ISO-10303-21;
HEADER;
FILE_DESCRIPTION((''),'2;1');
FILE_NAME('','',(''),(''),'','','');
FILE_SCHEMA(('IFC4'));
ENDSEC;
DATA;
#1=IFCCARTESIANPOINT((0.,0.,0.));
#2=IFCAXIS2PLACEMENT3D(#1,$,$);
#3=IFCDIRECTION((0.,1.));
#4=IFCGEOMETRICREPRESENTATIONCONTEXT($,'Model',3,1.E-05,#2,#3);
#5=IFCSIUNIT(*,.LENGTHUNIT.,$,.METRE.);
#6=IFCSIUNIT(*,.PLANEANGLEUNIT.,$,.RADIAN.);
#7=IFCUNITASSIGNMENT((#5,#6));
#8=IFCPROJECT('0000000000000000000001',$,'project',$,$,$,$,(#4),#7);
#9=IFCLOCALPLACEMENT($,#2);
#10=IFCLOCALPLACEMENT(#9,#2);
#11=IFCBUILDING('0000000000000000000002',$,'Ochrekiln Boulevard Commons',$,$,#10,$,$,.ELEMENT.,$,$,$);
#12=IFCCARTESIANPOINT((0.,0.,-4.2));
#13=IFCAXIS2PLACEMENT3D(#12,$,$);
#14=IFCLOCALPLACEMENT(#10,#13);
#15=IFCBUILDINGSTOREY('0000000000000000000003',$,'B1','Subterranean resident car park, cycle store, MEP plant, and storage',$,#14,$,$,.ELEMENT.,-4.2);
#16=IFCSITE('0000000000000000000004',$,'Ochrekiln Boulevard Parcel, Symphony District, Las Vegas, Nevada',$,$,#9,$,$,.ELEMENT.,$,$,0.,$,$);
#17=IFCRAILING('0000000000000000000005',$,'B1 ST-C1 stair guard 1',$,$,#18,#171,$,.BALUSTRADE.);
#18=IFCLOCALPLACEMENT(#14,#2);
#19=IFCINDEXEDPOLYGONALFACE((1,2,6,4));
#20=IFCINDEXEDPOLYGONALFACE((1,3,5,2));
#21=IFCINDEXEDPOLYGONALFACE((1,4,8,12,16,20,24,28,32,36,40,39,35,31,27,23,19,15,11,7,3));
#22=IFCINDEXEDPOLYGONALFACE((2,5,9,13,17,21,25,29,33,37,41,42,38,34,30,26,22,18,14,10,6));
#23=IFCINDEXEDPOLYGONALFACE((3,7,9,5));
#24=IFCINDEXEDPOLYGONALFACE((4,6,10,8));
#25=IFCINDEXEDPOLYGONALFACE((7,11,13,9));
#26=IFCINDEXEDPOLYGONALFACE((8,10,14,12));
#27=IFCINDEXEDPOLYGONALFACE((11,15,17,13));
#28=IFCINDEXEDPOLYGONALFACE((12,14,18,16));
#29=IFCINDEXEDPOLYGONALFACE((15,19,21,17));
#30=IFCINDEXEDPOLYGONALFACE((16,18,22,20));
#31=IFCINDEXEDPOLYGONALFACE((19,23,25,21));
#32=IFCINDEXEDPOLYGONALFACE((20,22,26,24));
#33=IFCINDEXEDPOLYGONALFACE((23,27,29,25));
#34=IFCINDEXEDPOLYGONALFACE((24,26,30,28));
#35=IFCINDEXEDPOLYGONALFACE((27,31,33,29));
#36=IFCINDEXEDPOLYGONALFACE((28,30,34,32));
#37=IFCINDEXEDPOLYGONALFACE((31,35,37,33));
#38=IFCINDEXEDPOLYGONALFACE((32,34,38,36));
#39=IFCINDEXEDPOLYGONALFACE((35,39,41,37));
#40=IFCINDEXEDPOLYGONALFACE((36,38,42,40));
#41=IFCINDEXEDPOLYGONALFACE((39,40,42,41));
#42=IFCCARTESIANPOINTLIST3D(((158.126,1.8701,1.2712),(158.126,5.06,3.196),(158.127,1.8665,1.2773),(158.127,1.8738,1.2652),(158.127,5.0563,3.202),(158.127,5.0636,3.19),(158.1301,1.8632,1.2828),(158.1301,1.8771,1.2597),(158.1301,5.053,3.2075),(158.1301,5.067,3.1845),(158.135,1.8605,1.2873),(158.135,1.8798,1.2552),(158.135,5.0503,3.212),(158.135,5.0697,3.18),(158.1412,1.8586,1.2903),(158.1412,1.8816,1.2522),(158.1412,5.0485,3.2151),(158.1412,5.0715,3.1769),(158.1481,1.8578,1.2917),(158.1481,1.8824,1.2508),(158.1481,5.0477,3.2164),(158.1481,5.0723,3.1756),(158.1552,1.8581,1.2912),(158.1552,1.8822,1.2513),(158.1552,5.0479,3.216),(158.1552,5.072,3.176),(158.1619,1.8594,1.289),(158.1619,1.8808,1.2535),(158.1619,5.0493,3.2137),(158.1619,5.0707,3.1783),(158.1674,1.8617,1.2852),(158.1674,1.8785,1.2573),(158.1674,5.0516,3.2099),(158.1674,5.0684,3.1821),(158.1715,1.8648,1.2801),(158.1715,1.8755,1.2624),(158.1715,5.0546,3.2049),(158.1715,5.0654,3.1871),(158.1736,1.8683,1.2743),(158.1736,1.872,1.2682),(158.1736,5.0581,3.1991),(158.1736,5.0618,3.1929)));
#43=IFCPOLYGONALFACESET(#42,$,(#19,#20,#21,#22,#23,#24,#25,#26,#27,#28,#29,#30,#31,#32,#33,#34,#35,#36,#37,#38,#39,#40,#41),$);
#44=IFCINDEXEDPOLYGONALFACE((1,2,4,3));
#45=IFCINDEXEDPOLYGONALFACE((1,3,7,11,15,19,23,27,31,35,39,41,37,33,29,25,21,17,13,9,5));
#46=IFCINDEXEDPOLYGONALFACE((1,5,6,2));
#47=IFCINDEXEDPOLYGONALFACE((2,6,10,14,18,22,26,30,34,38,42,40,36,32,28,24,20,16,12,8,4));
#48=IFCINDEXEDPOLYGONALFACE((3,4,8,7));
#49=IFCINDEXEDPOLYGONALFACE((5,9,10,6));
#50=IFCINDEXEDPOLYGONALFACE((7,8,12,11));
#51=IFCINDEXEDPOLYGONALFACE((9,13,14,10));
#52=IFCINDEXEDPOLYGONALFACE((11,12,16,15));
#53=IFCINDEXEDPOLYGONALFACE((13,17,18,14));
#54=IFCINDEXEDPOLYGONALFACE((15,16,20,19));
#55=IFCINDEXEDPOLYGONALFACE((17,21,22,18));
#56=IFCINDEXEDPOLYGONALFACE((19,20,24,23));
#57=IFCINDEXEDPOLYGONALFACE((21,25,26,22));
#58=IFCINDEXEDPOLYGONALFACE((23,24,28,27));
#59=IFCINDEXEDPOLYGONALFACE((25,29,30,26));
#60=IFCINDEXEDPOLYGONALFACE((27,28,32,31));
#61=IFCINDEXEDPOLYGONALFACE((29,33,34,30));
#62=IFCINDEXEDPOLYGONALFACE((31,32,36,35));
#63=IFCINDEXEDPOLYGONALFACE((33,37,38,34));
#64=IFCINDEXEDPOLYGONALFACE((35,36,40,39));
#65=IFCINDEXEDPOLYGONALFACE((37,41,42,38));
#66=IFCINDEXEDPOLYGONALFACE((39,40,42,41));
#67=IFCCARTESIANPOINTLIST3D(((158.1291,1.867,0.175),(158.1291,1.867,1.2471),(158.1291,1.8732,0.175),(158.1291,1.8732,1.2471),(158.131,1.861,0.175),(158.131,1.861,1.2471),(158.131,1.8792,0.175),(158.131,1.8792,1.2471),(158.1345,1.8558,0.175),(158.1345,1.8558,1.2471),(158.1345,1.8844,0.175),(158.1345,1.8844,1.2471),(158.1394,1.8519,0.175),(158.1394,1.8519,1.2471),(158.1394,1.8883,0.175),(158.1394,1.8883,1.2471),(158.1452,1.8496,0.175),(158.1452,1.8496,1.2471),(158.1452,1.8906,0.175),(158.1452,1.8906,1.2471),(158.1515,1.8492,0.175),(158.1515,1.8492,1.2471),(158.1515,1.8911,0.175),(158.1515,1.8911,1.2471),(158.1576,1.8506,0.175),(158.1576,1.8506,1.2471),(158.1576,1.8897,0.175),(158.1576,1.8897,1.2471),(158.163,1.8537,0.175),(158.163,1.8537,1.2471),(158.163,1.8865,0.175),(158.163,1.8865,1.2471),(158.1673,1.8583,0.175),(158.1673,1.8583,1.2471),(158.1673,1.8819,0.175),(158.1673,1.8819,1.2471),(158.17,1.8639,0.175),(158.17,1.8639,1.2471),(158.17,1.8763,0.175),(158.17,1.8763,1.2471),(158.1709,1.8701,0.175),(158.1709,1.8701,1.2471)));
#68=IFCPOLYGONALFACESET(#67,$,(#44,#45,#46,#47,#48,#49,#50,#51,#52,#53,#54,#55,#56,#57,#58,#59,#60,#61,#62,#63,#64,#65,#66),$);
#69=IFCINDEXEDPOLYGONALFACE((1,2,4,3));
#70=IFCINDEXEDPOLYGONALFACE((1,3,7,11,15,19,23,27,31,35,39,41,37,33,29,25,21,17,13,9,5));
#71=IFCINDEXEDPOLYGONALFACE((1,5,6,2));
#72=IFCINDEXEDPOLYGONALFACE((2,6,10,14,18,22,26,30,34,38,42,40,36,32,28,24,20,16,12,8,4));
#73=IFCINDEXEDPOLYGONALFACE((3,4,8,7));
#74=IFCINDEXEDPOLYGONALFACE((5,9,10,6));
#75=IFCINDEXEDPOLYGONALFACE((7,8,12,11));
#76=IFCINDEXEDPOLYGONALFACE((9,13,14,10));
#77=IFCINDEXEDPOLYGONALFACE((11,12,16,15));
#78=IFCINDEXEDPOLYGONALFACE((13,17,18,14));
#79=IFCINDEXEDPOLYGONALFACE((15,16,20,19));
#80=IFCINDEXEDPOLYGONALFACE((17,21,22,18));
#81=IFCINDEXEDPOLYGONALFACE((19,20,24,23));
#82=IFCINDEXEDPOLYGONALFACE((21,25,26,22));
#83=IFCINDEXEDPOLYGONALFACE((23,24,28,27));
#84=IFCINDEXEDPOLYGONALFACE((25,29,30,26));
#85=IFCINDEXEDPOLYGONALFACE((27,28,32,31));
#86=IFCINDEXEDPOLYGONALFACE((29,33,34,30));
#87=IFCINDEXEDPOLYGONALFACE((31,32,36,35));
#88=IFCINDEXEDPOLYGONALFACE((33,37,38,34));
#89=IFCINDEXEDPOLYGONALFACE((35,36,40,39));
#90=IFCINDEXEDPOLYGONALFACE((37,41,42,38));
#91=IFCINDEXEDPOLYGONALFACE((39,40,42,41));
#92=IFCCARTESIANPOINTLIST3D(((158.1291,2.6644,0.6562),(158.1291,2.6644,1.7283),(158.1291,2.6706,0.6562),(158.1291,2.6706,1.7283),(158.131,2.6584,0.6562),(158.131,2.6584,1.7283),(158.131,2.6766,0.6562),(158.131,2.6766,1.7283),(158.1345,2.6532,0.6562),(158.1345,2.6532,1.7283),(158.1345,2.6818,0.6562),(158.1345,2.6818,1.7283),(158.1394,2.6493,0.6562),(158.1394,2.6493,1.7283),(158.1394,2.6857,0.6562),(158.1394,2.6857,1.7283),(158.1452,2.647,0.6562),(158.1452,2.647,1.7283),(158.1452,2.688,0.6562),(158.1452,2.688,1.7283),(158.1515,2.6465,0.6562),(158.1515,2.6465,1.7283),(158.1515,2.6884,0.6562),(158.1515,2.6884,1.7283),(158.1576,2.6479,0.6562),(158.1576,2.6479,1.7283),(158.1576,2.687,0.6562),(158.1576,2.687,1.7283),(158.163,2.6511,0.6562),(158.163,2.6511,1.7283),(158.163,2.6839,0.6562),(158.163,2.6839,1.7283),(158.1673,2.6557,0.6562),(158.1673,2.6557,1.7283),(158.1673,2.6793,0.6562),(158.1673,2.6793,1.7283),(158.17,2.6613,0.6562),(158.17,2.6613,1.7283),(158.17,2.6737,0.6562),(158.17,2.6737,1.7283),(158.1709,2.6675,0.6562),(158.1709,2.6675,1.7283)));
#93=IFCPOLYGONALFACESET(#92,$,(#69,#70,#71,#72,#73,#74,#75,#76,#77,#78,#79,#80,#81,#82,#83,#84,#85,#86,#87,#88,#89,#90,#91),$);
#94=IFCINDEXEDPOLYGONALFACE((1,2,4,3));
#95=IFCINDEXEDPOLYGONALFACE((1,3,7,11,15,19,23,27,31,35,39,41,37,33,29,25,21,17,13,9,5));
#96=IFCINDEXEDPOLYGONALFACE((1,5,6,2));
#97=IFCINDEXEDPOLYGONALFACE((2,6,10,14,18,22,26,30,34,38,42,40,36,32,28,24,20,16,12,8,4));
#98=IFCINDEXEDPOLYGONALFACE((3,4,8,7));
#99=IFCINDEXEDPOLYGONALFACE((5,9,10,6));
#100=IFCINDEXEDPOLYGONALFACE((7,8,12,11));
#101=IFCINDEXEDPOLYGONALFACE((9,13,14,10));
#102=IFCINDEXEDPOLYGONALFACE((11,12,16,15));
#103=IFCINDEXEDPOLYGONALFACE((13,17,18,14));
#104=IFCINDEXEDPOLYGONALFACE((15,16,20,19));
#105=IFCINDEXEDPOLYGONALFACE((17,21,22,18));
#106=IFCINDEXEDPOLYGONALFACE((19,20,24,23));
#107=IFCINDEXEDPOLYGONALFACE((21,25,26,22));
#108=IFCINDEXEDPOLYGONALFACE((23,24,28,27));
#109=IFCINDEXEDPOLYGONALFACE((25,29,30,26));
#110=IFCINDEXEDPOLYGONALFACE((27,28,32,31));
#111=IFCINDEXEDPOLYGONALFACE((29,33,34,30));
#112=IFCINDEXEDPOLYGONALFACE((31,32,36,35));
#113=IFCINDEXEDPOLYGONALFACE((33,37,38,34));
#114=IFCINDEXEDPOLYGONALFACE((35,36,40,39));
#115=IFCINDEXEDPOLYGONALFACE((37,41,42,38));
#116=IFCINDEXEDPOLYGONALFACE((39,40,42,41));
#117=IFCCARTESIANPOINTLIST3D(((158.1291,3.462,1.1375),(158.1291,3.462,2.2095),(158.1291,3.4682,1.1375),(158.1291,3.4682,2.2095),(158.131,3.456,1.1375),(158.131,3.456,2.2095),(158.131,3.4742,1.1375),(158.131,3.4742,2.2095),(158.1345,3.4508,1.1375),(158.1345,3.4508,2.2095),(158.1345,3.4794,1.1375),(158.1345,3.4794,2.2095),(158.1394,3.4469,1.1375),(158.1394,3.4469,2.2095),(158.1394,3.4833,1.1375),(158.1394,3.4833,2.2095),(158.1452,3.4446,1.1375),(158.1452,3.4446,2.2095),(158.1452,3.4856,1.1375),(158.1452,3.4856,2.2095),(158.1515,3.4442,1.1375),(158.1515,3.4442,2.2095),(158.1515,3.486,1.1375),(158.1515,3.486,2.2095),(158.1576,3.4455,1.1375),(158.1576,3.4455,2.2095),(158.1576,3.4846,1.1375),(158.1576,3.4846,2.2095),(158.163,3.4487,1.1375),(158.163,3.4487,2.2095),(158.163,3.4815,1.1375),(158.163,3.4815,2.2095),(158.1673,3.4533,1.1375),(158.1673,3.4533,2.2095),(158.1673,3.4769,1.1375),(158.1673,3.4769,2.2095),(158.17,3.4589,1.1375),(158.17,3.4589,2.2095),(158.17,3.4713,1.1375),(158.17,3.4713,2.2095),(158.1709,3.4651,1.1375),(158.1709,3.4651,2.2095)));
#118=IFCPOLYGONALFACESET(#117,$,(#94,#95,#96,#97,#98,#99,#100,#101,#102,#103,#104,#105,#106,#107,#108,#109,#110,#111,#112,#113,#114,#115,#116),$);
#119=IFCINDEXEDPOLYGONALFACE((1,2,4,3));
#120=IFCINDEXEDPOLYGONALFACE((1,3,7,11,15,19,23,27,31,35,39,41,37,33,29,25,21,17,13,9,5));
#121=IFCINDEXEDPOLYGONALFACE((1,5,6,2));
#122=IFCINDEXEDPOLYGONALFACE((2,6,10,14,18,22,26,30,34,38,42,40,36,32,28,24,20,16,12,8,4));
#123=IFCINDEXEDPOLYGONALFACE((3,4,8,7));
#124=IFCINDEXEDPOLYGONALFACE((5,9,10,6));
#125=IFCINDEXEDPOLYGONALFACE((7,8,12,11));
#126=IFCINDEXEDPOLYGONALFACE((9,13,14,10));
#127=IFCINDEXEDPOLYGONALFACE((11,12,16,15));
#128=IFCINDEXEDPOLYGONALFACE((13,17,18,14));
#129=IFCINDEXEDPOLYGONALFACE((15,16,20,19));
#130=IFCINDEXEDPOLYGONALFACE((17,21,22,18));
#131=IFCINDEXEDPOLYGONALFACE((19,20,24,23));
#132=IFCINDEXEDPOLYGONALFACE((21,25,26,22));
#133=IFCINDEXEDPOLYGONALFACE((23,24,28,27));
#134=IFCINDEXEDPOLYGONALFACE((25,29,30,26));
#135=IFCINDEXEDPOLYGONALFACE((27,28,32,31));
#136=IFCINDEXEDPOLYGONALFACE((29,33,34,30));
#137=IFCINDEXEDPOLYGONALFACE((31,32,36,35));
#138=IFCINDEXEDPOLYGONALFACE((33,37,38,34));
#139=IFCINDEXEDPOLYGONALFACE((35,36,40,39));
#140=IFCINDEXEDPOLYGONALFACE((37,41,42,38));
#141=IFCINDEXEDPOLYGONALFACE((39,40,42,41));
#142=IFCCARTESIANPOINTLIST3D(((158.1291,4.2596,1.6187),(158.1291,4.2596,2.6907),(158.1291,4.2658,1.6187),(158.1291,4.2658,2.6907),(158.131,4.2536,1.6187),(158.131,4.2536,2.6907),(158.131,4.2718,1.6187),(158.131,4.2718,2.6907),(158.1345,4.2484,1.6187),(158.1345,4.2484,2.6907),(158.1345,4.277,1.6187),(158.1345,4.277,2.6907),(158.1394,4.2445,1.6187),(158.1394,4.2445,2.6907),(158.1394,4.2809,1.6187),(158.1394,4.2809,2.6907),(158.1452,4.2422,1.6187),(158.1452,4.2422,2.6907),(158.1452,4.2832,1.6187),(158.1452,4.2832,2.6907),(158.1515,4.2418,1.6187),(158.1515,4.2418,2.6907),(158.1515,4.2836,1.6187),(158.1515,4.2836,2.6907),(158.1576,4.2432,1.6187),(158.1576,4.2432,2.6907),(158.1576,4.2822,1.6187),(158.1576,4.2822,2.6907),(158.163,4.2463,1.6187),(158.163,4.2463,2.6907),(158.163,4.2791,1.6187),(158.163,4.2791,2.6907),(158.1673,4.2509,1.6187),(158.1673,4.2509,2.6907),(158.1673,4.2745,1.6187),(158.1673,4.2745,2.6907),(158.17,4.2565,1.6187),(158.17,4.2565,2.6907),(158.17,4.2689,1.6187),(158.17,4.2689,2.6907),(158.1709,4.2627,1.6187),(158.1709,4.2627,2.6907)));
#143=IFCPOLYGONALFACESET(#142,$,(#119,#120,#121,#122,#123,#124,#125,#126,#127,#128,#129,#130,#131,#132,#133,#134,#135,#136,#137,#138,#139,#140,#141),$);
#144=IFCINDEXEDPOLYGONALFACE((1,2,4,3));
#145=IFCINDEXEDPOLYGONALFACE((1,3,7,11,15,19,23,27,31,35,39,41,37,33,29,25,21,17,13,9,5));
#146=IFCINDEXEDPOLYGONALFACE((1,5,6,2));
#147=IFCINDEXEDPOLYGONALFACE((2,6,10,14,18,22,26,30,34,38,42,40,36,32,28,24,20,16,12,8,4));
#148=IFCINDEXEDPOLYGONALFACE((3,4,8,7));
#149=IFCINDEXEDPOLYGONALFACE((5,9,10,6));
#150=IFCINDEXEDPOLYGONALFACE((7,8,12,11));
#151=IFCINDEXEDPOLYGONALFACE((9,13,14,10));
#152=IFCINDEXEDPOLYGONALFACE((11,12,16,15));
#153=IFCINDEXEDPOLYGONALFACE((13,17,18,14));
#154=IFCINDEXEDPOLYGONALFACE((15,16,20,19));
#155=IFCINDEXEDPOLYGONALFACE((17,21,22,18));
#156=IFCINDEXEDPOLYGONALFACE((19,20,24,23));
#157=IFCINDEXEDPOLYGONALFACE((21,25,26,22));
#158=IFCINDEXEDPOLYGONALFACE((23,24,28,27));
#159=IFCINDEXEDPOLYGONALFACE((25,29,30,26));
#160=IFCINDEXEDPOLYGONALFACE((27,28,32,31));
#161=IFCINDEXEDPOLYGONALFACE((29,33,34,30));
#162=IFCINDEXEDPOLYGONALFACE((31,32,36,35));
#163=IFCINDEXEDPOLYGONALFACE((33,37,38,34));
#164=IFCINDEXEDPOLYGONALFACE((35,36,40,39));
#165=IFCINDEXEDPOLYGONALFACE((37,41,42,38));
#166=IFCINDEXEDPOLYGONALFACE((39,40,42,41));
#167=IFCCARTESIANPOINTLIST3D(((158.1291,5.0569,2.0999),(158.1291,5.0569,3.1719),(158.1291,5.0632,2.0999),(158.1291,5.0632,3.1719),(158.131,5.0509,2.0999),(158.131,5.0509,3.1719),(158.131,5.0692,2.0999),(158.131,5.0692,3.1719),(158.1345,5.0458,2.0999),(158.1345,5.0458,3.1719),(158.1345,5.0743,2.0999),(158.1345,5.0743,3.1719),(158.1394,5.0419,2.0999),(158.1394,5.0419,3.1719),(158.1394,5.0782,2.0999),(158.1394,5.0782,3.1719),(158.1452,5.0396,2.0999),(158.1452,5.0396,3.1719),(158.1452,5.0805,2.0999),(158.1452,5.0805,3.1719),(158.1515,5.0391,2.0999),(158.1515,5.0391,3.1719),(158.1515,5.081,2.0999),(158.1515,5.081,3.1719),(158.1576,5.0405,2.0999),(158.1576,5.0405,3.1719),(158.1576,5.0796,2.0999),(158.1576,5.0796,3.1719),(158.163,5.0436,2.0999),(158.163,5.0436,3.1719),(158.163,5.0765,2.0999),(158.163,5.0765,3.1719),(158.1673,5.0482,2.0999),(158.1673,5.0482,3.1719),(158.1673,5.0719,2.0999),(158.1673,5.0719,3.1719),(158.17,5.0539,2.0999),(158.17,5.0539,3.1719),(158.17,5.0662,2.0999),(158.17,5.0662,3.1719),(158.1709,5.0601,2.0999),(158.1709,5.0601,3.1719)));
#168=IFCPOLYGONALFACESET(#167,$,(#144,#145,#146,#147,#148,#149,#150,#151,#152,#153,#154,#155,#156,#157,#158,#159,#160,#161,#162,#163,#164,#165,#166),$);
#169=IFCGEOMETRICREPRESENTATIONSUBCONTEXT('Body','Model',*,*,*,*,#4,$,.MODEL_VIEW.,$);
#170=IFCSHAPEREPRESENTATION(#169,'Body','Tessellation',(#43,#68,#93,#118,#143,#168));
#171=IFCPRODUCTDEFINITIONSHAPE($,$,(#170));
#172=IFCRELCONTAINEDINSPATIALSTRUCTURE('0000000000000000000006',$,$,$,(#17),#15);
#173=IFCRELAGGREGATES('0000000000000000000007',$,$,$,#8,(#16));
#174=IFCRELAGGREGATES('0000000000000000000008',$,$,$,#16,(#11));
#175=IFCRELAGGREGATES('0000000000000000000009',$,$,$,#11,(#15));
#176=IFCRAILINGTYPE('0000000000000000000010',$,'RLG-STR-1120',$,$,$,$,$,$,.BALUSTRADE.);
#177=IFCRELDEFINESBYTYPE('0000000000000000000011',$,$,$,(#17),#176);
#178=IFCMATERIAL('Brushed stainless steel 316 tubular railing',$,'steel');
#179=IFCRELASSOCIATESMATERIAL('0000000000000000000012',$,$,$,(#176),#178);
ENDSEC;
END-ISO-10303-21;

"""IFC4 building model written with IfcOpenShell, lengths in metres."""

from ifc_helpers import new_model, si_unit, direction, frame, origin, origin_2d, place, context, subcontext, project, spatial, circle, extrude, material, type_object, element, save


model = new_model("IFC4")

# Units and contexts
model_context = context("Model", 3, precision=1e-05, world=origin(), true_north=direction((0.0, 1.0)))
body_context = subcontext(model_context, "Body", "Model", "MODEL_VIEW")
ifc_project = project(units=[si_unit("LENGTHUNIT", "METRE"), si_unit("PLANEANGLEUNIT", "RADIAN")], contexts=[model_context])

# Site, building, storey
site_placement = place(None, origin())
site = spatial("IfcSite", under=ifc_project, at=site_placement, Name="Ochrekiln Boulevard Parcel, Symphony District, Las Vegas, Nevada", CompositionType="ELEMENT", RefElevation=0.0)
building_placement = place(site_placement, origin())
building = spatial("IfcBuilding", under=site, at=building_placement, Name="Ochrekiln Boulevard Commons", CompositionType="ELEMENT")
storey_placement = place(building_placement, frame((0.0, 0.0, -4.2)))
storey = spatial("IfcBuildingStorey", under=building, at=storey_placement, Name="B1", Description="Subterranean resident car park, cycle store, MEP plant, and storage", CompositionType="ELEMENT", Elevation=-4.2)

# Railing
ifc_material_1 = material(Name="Brushed stainless steel 316 tubular railing", Category="steel")
railing_type_1 = type_object("IfcRailingType", Name="RLG-STR-1120", PredefinedType="BALUSTRADE", material=ifc_material_1)
railing_1_placement = place(storey_placement, frame((158.1499, 1.8701, 0.175)))
element("IfcRailing", 1, at=railing_1_placement, inside=storey, type_object=railing_type_1, Name="B1 ST-C1 stair guard 1", PredefinedType="BALUSTRADE", context=body_context, shape_type="SweptSolid", body=[
    extrude(circle(Radius=0.0239, at=origin_2d()), frame((0.0, 0.0, 1.0962), z_axis=(0.0, 0.856207, 0.516633), x_axis=(-1.0, 0.0, 0.0)), (0.0, 0.0, 1.0), 3.7256),
    extrude(circle(Radius=0.021, at=origin_2d()), origin(), (0.0, 0.0, 1.0), 1.072),
    extrude(circle(Radius=0.021, at=origin_2d()), frame((0.0, 0.7974, 0.4812)), (0.0, 0.0, 1.0), 1.072),
    extrude(circle(Radius=0.021, at=origin_2d()), frame((0.0, 1.595, 0.9624)), (0.0, 0.0, 1.0), 1.072),
    extrude(circle(Radius=0.021, at=origin_2d()), frame((0.0, 2.3926, 1.4436)), (0.0, 0.0, 1.0), 1.072),
    extrude(circle(Radius=0.021, at=origin_2d()), frame((0.0, 3.1899, 1.9248)), (0.0, 0.0, 1.0), 1.072),
])

save(model, "model.ifc")
